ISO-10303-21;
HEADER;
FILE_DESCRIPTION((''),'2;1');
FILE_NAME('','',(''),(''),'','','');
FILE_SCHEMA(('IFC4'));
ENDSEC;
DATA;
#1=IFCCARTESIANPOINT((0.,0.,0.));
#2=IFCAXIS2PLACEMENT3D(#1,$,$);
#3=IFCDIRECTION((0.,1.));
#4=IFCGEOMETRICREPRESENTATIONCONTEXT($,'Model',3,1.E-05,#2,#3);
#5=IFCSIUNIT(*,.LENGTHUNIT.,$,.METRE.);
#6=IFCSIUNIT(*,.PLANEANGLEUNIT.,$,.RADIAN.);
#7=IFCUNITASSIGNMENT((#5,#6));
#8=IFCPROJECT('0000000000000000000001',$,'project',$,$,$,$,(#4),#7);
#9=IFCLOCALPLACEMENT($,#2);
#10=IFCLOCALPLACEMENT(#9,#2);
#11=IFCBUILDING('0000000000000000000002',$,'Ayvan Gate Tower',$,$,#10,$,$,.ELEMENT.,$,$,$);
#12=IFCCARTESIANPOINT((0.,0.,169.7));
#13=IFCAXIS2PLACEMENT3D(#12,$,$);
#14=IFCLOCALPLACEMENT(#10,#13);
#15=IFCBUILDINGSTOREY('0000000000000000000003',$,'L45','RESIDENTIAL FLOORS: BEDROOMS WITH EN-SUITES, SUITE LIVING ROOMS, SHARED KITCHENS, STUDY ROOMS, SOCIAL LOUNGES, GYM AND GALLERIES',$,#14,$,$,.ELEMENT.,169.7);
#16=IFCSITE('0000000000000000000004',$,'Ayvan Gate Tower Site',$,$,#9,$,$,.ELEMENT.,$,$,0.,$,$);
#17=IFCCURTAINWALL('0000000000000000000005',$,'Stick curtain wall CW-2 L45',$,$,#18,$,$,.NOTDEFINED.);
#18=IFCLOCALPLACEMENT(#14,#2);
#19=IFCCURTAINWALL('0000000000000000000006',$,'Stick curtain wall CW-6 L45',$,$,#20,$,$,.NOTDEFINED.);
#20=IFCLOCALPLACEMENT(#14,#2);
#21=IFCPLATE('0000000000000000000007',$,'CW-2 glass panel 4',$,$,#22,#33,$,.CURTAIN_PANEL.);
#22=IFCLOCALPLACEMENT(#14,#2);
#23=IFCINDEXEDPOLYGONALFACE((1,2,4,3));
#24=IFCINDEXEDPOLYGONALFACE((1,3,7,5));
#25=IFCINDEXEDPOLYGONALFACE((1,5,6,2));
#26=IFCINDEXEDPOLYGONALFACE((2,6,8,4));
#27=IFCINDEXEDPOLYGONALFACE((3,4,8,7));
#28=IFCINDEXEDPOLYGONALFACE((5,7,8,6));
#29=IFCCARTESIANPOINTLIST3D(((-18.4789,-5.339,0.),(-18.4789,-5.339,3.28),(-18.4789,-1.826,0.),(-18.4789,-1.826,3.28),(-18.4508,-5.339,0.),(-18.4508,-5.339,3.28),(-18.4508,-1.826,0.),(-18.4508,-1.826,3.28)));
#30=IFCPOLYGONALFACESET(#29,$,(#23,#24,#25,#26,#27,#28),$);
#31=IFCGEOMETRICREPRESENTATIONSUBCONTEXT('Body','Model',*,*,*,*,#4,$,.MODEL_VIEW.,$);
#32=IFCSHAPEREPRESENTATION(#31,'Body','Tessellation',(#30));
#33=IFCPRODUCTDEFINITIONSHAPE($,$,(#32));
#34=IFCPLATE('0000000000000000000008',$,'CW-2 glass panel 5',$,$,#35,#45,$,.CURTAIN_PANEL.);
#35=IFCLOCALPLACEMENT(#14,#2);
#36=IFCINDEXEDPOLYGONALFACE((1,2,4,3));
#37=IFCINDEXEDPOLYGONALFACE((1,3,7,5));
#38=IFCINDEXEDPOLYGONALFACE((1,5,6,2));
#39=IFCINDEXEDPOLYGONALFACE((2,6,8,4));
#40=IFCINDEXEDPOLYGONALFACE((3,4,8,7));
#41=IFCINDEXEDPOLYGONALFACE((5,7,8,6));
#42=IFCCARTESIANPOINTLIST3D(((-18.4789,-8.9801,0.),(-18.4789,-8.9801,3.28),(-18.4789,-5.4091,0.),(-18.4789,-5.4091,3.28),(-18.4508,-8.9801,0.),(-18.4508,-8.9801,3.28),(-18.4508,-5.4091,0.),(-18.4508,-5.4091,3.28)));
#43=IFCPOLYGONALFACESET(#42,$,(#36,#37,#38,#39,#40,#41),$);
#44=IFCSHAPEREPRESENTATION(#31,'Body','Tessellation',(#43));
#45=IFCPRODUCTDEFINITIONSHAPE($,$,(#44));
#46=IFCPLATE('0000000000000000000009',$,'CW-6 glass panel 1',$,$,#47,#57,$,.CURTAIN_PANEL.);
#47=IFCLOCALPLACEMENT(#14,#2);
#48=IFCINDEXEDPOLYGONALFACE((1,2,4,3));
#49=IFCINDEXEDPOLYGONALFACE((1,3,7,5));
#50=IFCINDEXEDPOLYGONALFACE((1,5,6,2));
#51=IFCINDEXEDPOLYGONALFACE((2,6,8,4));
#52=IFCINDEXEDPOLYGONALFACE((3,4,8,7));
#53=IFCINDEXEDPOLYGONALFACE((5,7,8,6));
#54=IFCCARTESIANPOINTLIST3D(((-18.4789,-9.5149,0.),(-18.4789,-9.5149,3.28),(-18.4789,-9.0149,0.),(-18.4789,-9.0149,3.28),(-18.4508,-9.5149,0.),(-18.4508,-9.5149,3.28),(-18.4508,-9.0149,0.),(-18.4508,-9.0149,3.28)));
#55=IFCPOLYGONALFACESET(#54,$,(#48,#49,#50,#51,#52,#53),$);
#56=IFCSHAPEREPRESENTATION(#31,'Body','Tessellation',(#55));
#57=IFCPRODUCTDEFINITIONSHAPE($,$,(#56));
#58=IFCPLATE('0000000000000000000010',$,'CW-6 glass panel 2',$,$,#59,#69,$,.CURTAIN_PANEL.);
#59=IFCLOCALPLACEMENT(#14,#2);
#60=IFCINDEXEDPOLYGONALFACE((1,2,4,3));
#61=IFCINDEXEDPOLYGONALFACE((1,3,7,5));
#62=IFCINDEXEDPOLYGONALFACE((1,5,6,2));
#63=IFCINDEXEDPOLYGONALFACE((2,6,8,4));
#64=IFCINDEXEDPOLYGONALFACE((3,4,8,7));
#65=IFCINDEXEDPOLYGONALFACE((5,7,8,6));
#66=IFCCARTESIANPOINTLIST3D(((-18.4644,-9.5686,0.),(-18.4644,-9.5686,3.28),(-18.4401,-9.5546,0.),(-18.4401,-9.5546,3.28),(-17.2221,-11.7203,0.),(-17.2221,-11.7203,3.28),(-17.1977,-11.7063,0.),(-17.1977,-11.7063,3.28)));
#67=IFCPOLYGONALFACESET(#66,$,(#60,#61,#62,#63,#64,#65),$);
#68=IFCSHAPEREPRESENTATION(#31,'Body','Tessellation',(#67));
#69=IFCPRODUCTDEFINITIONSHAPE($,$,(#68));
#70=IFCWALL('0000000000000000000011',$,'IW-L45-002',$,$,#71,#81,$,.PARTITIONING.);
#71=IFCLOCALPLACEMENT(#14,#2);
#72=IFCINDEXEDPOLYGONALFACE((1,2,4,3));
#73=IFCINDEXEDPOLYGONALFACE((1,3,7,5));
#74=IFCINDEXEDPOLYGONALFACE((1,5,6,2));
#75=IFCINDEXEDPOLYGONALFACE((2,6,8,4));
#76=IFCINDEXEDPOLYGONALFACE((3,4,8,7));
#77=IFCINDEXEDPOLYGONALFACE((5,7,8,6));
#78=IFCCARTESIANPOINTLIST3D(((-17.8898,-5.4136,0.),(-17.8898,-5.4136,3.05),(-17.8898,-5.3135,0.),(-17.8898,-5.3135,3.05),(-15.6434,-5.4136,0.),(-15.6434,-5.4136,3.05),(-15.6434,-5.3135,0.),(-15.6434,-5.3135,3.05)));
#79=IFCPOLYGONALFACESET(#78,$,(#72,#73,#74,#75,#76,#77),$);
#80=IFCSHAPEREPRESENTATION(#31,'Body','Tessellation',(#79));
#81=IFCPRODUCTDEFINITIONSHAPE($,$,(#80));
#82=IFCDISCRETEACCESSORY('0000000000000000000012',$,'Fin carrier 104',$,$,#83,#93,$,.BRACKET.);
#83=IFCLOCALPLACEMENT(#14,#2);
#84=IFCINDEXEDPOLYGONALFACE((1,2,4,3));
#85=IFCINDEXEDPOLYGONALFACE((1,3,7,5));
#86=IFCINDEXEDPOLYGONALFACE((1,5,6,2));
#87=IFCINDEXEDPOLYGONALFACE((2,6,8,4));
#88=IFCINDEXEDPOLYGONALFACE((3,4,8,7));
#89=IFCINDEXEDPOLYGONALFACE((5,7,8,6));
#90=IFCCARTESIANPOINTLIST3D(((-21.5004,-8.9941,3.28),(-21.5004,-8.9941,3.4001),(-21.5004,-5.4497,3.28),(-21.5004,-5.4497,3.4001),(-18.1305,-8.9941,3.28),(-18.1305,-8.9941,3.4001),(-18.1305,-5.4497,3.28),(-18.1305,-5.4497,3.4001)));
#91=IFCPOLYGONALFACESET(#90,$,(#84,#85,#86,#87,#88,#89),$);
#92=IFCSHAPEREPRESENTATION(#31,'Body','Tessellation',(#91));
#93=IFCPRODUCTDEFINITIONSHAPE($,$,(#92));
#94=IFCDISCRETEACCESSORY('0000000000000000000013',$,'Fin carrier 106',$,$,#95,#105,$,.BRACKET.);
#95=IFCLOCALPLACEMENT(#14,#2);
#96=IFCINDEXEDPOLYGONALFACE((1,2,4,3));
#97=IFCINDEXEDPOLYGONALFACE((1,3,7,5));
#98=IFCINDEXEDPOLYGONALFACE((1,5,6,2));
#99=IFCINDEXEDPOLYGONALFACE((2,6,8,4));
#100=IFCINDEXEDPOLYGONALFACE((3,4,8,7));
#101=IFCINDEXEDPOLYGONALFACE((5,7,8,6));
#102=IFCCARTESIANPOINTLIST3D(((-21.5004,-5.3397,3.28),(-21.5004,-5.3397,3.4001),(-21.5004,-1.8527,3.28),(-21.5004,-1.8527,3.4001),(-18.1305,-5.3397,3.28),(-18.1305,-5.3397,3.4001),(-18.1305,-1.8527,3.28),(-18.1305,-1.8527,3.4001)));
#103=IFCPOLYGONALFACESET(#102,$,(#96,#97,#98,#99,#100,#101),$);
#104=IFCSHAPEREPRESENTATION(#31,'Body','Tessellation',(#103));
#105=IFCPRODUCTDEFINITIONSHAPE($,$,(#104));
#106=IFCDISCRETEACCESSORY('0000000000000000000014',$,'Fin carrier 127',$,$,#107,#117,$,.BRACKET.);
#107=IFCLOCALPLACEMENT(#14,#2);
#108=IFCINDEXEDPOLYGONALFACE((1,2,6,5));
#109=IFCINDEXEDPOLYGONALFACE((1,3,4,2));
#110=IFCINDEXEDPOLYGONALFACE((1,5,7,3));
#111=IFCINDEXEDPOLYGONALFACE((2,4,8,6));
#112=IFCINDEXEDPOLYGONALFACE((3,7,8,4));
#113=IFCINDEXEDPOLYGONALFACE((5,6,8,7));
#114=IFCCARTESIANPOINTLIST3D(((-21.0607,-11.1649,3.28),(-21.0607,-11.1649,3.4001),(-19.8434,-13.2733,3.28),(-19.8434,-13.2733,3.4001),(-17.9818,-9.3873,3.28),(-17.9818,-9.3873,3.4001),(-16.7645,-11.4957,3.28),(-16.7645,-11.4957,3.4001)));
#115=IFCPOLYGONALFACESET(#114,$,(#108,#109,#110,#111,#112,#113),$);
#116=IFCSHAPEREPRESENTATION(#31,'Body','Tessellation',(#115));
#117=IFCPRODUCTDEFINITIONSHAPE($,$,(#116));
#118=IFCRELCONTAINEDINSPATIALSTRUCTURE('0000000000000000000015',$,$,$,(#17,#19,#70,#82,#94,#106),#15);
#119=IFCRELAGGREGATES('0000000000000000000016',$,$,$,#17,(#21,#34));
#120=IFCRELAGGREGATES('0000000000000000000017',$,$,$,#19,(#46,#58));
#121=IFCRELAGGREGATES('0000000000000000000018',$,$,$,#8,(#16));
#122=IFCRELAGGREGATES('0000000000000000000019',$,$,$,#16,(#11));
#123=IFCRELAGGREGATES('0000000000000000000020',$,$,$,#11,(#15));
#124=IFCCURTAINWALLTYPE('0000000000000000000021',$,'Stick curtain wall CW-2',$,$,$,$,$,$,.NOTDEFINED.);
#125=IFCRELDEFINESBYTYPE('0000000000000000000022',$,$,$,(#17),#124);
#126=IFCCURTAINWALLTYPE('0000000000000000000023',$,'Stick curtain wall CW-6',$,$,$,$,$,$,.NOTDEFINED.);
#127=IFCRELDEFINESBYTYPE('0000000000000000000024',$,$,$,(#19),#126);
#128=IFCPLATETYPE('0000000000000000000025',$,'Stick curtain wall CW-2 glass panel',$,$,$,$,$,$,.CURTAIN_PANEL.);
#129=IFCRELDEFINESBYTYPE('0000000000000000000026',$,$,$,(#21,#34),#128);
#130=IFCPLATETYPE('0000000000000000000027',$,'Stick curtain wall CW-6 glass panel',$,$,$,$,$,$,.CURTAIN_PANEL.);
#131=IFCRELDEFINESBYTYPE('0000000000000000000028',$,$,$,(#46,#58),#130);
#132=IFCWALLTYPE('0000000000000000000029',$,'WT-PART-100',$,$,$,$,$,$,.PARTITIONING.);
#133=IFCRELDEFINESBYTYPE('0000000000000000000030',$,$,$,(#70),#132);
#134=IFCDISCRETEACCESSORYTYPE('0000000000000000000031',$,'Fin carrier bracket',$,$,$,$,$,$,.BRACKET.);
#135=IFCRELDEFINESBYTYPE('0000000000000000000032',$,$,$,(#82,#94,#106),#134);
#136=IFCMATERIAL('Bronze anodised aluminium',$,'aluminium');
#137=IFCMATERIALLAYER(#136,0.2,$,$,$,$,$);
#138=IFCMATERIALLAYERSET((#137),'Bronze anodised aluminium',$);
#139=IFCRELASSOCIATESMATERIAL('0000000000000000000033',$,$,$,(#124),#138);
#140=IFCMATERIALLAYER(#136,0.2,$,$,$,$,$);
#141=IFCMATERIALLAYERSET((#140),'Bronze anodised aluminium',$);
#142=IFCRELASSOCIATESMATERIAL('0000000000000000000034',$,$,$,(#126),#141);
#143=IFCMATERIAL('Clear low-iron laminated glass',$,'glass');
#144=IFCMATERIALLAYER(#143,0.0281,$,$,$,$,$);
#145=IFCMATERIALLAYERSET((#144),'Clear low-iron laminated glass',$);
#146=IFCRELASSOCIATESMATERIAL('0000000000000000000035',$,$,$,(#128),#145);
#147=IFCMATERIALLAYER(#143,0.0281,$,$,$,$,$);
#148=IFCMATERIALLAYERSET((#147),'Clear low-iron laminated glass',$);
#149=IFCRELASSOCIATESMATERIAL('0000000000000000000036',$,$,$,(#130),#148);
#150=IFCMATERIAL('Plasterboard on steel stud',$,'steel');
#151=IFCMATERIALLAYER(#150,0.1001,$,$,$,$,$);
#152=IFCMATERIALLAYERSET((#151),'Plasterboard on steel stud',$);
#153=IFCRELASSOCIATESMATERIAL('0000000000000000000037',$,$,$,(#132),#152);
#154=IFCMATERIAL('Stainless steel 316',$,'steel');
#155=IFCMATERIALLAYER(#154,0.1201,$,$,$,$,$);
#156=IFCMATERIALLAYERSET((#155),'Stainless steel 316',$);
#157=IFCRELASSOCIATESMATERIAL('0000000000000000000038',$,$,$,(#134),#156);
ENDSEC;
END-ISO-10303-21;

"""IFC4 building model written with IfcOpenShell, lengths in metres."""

from ifc_helpers import new_model, si_unit, direction, frame, frame_2d, origin, origin_2d, place, context, subcontext, project, spatial, rectangle, extrude, material, layer, layer_set, type_object, element, aggregate, save


model = new_model("IFC4")

# Units and contexts
model_context = context("Model", 3, precision=1e-05, world=origin(), true_north=direction((0.0, 1.0)))
body_context = subcontext(model_context, "Body", "Model", "MODEL_VIEW")
ifc_project = project(units=[si_unit("LENGTHUNIT", "METRE"), si_unit("PLANEANGLEUNIT", "RADIAN")], contexts=[model_context])

# Site, building, storey
site_placement = place(None, origin())
site = spatial("IfcSite", under=ifc_project, at=site_placement, Name="Ayvan Gate Tower Site", CompositionType="ELEMENT", RefElevation=0.0)
building_placement = place(site_placement, origin())
building = spatial("IfcBuilding", under=site, at=building_placement, Name="Ayvan Gate Tower", CompositionType="ELEMENT")
storey_placement = place(building_placement, frame((0.0, 0.0, 169.7)))
storey = spatial("IfcBuildingStorey", under=building, at=storey_placement, Name="L45", Description="RESIDENTIAL FLOORS: BEDROOMS WITH EN-SUITES, SUITE LIVING ROOMS, SHARED KITCHENS, STUDY ROOMS, SOCIAL LOUNGES, GYM AND GALLERIES", CompositionType="ELEMENT", Elevation=169.7)

# Curtain walls
ifc_material_1 = material(Name="Bronze anodised aluminium", Category="aluminium")
ifc_layer_1 = layer(ifc_material_1, 0.2)
ifc_layer_set_1 = layer_set([ifc_layer_1], Name="Bronze anodised aluminium")
curtain_wall_type_1 = type_object("IfcCurtainWallType", Name="Stick curtain wall CW-2", PredefinedType="NOTDEFINED", material=ifc_layer_set_1)
curtain_wall_1_placement = place(storey_placement, origin())
curtain_wall_1 = element("IfcCurtainWall", 1, at=curtain_wall_1_placement, inside=storey, type_object=curtain_wall_type_1, Name="Stick curtain wall CW-2 L45", PredefinedType="NOTDEFINED")
ifc_layer_2 = layer(ifc_material_1, 0.2)
ifc_layer_set_2 = layer_set([ifc_layer_2], Name="Bronze anodised aluminium")
curtain_wall_type_2 = type_object("IfcCurtainWallType", Name="Stick curtain wall CW-6", PredefinedType="NOTDEFINED", material=ifc_layer_set_2)
curtain_wall_2_placement = place(storey_placement, origin())
curtain_wall_2 = element("IfcCurtainWall", 2, at=curtain_wall_2_placement, inside=storey, type_object=curtain_wall_type_2, Name="Stick curtain wall CW-6 L45", PredefinedType="NOTDEFINED")

# Plates
ifc_material_2 = material(Name="Clear low-iron laminated glass", Category="glass")
ifc_layer_3 = layer(ifc_material_2, 0.0281)
ifc_layer_set_3 = layer_set([ifc_layer_3], Name="Clear low-iron laminated glass")
plate_type_1 = type_object("IfcPlateType", Name="Stick curtain wall CW-2 glass panel", PredefinedType="CURTAIN_PANEL", material=ifc_layer_set_3)
plate_1_placement = place(storey_placement, frame((-18.4648, -3.5825, 0.0), z_axis=(0.0, 0.0, 1.0), x_axis=(0.0, -1.0, 0.0)))
plate_1 = element("IfcPlate", 3, at=plate_1_placement, type_object=plate_type_1, Name="CW-2 glass panel 4", PredefinedType="CURTAIN_PANEL", context=body_context, shape_type="SweptSolid", body=[
    extrude(rectangle(XDim=3.5129, YDim=0.0281, at=origin_2d()), origin(), (0.0, 0.0, 1.0), 3.28),
])
plate_2_placement = place(storey_placement, frame((-18.4648, -7.1946, 0.0), z_axis=(0.0, 0.0, 1.0), x_axis=(0.0, -1.0, 0.0)))
plate_2 = element("IfcPlate", 4, at=plate_2_placement, type_object=plate_type_1, Name="CW-2 glass panel 5", PredefinedType="CURTAIN_PANEL", context=body_context, shape_type="SweptSolid", body=[
    extrude(rectangle(XDim=3.571, YDim=0.0281, at=origin_2d()), origin(), (0.0, 0.0, 1.0), 3.28),
])
aggregate(curtain_wall_1, [plate_1, plate_2])
ifc_layer_4 = layer(ifc_material_2, 0.0281)
ifc_layer_set_4 = layer_set([ifc_layer_4], Name="Clear low-iron laminated glass")
plate_type_2 = type_object("IfcPlateType", Name="Stick curtain wall CW-6 glass panel", PredefinedType="CURTAIN_PANEL", material=ifc_layer_set_4)
plate_3_placement = place(storey_placement, frame((-18.4648, -9.2649, 0.0), z_axis=(0.0, 0.0, 1.0), x_axis=(0.0, -1.0, 0.0)))
plate_3 = element("IfcPlate", 5, at=plate_3_placement, type_object=plate_type_2, Name="CW-6 glass panel 1", PredefinedType="CURTAIN_PANEL", context=body_context, shape_type="SweptSolid", body=[
    extrude(rectangle(XDim=0.5, YDim=0.0281, at=origin_2d()), origin(), (0.0, 0.0, 1.0), 3.28),
])
plate_4_placement = place(storey_placement, frame((-17.8311, -10.6375, 0.0), z_axis=(0.0, 0.0, 1.0), x_axis=(0.5, -0.866025, 0.0)))
plate_4 = element("IfcPlate", 6, at=plate_4_placement, type_object=plate_type_2, Name="CW-6 glass panel 2", PredefinedType="CURTAIN_PANEL", context=body_context, shape_type="SweptSolid", body=[
    extrude(rectangle(XDim=2.4846, YDim=0.0281, at=origin_2d()), origin(), (0.0, 0.0, 1.0), 3.28),
])
aggregate(curtain_wall_2, [plate_3, plate_4])

# Wall
ifc_material_3 = material(Name="Plasterboard on steel stud", Category="steel")
ifc_layer_5 = layer(ifc_material_3, 0.1001)
ifc_layer_set_5 = layer_set([ifc_layer_5], Name="Plasterboard on steel stud")
wall_type = type_object("IfcWallType", Name="WT-PART-100", PredefinedType="PARTITIONING", material=ifc_layer_set_5)
wall_placement = place(storey_placement, frame((-15.6436, -5.3635, 0.0), z_axis=(0.0, 0.0, 1.0), x_axis=(-1.0, 0.0, 0.0)))
element("IfcWall", 7, at=wall_placement, inside=storey, type_object=wall_type, Name="IW-L45-002", PredefinedType="PARTITIONING", context=body_context, shape_type="SweptSolid", body=[
    extrude(rectangle(XDim=2.2463, YDim=0.1001, at=frame_2d((1.123, 0.0))), origin(), (0.0, 0.0, 1.0), 3.05),
])

# Discrete accessories
ifc_material_4 = material(Name="Stainless steel 316", Category="steel")
ifc_layer_6 = layer(ifc_material_4, 0.1201)
ifc_layer_set_6 = layer_set([ifc_layer_6], Name="Stainless steel 316")
discrete_accessory_type = type_object("IfcDiscreteAccessoryType", Name="Fin carrier bracket", PredefinedType="BRACKET", material=ifc_layer_set_6)
discrete_accessory_1_placement = place(storey_placement, frame((-19.8154, -7.2219, 3.28), z_axis=(0.0, 0.0, 1.0), x_axis=(0.0, -1.0, 0.0)))
element("IfcDiscreteAccessory", 8, at=discrete_accessory_1_placement, inside=storey, type_object=discrete_accessory_type, Name="Fin carrier 104", PredefinedType="BRACKET", context=body_context, shape_type="SweptSolid", body=[
    extrude(rectangle(XDim=3.5444, YDim=3.3699, at=origin_2d()), origin(), (0.0, 0.0, 1.0), 0.1201),
])
discrete_accessory_2_placement = place(storey_placement, frame((-19.8154, -3.5962, 3.28), z_axis=(0.0, 0.0, 1.0), x_axis=(0.0, -1.0, 0.0)))
element("IfcDiscreteAccessory", 9, at=discrete_accessory_2_placement, inside=storey, type_object=discrete_accessory_type, Name="Fin carrier 106", PredefinedType="BRACKET", context=body_context, shape_type="SweptSolid", body=[
    extrude(rectangle(XDim=3.4871, YDim=3.3699, at=origin_2d()), origin(), (0.0, 0.0, 1.0), 0.1201),
])
discrete_accessory_3_placement = place(storey_placement, frame((-18.9126, -11.3303, 3.28), z_axis=(0.0, 0.0, 1.0), x_axis=(0.5, -0.866025, 0.0)))
element("IfcDiscreteAccessory", 10, at=discrete_accessory_3_placement, inside=storey, type_object=discrete_accessory_type, Name="Fin carrier 127", PredefinedType="BRACKET", context=body_context, shape_type="SweptSolid", body=[
    extrude(rectangle(XDim=2.4346, YDim=3.5552, at=origin_2d()), origin(), (0.0, 0.0, 1.0), 0.1201),
])

save(model, "model.ifc")
